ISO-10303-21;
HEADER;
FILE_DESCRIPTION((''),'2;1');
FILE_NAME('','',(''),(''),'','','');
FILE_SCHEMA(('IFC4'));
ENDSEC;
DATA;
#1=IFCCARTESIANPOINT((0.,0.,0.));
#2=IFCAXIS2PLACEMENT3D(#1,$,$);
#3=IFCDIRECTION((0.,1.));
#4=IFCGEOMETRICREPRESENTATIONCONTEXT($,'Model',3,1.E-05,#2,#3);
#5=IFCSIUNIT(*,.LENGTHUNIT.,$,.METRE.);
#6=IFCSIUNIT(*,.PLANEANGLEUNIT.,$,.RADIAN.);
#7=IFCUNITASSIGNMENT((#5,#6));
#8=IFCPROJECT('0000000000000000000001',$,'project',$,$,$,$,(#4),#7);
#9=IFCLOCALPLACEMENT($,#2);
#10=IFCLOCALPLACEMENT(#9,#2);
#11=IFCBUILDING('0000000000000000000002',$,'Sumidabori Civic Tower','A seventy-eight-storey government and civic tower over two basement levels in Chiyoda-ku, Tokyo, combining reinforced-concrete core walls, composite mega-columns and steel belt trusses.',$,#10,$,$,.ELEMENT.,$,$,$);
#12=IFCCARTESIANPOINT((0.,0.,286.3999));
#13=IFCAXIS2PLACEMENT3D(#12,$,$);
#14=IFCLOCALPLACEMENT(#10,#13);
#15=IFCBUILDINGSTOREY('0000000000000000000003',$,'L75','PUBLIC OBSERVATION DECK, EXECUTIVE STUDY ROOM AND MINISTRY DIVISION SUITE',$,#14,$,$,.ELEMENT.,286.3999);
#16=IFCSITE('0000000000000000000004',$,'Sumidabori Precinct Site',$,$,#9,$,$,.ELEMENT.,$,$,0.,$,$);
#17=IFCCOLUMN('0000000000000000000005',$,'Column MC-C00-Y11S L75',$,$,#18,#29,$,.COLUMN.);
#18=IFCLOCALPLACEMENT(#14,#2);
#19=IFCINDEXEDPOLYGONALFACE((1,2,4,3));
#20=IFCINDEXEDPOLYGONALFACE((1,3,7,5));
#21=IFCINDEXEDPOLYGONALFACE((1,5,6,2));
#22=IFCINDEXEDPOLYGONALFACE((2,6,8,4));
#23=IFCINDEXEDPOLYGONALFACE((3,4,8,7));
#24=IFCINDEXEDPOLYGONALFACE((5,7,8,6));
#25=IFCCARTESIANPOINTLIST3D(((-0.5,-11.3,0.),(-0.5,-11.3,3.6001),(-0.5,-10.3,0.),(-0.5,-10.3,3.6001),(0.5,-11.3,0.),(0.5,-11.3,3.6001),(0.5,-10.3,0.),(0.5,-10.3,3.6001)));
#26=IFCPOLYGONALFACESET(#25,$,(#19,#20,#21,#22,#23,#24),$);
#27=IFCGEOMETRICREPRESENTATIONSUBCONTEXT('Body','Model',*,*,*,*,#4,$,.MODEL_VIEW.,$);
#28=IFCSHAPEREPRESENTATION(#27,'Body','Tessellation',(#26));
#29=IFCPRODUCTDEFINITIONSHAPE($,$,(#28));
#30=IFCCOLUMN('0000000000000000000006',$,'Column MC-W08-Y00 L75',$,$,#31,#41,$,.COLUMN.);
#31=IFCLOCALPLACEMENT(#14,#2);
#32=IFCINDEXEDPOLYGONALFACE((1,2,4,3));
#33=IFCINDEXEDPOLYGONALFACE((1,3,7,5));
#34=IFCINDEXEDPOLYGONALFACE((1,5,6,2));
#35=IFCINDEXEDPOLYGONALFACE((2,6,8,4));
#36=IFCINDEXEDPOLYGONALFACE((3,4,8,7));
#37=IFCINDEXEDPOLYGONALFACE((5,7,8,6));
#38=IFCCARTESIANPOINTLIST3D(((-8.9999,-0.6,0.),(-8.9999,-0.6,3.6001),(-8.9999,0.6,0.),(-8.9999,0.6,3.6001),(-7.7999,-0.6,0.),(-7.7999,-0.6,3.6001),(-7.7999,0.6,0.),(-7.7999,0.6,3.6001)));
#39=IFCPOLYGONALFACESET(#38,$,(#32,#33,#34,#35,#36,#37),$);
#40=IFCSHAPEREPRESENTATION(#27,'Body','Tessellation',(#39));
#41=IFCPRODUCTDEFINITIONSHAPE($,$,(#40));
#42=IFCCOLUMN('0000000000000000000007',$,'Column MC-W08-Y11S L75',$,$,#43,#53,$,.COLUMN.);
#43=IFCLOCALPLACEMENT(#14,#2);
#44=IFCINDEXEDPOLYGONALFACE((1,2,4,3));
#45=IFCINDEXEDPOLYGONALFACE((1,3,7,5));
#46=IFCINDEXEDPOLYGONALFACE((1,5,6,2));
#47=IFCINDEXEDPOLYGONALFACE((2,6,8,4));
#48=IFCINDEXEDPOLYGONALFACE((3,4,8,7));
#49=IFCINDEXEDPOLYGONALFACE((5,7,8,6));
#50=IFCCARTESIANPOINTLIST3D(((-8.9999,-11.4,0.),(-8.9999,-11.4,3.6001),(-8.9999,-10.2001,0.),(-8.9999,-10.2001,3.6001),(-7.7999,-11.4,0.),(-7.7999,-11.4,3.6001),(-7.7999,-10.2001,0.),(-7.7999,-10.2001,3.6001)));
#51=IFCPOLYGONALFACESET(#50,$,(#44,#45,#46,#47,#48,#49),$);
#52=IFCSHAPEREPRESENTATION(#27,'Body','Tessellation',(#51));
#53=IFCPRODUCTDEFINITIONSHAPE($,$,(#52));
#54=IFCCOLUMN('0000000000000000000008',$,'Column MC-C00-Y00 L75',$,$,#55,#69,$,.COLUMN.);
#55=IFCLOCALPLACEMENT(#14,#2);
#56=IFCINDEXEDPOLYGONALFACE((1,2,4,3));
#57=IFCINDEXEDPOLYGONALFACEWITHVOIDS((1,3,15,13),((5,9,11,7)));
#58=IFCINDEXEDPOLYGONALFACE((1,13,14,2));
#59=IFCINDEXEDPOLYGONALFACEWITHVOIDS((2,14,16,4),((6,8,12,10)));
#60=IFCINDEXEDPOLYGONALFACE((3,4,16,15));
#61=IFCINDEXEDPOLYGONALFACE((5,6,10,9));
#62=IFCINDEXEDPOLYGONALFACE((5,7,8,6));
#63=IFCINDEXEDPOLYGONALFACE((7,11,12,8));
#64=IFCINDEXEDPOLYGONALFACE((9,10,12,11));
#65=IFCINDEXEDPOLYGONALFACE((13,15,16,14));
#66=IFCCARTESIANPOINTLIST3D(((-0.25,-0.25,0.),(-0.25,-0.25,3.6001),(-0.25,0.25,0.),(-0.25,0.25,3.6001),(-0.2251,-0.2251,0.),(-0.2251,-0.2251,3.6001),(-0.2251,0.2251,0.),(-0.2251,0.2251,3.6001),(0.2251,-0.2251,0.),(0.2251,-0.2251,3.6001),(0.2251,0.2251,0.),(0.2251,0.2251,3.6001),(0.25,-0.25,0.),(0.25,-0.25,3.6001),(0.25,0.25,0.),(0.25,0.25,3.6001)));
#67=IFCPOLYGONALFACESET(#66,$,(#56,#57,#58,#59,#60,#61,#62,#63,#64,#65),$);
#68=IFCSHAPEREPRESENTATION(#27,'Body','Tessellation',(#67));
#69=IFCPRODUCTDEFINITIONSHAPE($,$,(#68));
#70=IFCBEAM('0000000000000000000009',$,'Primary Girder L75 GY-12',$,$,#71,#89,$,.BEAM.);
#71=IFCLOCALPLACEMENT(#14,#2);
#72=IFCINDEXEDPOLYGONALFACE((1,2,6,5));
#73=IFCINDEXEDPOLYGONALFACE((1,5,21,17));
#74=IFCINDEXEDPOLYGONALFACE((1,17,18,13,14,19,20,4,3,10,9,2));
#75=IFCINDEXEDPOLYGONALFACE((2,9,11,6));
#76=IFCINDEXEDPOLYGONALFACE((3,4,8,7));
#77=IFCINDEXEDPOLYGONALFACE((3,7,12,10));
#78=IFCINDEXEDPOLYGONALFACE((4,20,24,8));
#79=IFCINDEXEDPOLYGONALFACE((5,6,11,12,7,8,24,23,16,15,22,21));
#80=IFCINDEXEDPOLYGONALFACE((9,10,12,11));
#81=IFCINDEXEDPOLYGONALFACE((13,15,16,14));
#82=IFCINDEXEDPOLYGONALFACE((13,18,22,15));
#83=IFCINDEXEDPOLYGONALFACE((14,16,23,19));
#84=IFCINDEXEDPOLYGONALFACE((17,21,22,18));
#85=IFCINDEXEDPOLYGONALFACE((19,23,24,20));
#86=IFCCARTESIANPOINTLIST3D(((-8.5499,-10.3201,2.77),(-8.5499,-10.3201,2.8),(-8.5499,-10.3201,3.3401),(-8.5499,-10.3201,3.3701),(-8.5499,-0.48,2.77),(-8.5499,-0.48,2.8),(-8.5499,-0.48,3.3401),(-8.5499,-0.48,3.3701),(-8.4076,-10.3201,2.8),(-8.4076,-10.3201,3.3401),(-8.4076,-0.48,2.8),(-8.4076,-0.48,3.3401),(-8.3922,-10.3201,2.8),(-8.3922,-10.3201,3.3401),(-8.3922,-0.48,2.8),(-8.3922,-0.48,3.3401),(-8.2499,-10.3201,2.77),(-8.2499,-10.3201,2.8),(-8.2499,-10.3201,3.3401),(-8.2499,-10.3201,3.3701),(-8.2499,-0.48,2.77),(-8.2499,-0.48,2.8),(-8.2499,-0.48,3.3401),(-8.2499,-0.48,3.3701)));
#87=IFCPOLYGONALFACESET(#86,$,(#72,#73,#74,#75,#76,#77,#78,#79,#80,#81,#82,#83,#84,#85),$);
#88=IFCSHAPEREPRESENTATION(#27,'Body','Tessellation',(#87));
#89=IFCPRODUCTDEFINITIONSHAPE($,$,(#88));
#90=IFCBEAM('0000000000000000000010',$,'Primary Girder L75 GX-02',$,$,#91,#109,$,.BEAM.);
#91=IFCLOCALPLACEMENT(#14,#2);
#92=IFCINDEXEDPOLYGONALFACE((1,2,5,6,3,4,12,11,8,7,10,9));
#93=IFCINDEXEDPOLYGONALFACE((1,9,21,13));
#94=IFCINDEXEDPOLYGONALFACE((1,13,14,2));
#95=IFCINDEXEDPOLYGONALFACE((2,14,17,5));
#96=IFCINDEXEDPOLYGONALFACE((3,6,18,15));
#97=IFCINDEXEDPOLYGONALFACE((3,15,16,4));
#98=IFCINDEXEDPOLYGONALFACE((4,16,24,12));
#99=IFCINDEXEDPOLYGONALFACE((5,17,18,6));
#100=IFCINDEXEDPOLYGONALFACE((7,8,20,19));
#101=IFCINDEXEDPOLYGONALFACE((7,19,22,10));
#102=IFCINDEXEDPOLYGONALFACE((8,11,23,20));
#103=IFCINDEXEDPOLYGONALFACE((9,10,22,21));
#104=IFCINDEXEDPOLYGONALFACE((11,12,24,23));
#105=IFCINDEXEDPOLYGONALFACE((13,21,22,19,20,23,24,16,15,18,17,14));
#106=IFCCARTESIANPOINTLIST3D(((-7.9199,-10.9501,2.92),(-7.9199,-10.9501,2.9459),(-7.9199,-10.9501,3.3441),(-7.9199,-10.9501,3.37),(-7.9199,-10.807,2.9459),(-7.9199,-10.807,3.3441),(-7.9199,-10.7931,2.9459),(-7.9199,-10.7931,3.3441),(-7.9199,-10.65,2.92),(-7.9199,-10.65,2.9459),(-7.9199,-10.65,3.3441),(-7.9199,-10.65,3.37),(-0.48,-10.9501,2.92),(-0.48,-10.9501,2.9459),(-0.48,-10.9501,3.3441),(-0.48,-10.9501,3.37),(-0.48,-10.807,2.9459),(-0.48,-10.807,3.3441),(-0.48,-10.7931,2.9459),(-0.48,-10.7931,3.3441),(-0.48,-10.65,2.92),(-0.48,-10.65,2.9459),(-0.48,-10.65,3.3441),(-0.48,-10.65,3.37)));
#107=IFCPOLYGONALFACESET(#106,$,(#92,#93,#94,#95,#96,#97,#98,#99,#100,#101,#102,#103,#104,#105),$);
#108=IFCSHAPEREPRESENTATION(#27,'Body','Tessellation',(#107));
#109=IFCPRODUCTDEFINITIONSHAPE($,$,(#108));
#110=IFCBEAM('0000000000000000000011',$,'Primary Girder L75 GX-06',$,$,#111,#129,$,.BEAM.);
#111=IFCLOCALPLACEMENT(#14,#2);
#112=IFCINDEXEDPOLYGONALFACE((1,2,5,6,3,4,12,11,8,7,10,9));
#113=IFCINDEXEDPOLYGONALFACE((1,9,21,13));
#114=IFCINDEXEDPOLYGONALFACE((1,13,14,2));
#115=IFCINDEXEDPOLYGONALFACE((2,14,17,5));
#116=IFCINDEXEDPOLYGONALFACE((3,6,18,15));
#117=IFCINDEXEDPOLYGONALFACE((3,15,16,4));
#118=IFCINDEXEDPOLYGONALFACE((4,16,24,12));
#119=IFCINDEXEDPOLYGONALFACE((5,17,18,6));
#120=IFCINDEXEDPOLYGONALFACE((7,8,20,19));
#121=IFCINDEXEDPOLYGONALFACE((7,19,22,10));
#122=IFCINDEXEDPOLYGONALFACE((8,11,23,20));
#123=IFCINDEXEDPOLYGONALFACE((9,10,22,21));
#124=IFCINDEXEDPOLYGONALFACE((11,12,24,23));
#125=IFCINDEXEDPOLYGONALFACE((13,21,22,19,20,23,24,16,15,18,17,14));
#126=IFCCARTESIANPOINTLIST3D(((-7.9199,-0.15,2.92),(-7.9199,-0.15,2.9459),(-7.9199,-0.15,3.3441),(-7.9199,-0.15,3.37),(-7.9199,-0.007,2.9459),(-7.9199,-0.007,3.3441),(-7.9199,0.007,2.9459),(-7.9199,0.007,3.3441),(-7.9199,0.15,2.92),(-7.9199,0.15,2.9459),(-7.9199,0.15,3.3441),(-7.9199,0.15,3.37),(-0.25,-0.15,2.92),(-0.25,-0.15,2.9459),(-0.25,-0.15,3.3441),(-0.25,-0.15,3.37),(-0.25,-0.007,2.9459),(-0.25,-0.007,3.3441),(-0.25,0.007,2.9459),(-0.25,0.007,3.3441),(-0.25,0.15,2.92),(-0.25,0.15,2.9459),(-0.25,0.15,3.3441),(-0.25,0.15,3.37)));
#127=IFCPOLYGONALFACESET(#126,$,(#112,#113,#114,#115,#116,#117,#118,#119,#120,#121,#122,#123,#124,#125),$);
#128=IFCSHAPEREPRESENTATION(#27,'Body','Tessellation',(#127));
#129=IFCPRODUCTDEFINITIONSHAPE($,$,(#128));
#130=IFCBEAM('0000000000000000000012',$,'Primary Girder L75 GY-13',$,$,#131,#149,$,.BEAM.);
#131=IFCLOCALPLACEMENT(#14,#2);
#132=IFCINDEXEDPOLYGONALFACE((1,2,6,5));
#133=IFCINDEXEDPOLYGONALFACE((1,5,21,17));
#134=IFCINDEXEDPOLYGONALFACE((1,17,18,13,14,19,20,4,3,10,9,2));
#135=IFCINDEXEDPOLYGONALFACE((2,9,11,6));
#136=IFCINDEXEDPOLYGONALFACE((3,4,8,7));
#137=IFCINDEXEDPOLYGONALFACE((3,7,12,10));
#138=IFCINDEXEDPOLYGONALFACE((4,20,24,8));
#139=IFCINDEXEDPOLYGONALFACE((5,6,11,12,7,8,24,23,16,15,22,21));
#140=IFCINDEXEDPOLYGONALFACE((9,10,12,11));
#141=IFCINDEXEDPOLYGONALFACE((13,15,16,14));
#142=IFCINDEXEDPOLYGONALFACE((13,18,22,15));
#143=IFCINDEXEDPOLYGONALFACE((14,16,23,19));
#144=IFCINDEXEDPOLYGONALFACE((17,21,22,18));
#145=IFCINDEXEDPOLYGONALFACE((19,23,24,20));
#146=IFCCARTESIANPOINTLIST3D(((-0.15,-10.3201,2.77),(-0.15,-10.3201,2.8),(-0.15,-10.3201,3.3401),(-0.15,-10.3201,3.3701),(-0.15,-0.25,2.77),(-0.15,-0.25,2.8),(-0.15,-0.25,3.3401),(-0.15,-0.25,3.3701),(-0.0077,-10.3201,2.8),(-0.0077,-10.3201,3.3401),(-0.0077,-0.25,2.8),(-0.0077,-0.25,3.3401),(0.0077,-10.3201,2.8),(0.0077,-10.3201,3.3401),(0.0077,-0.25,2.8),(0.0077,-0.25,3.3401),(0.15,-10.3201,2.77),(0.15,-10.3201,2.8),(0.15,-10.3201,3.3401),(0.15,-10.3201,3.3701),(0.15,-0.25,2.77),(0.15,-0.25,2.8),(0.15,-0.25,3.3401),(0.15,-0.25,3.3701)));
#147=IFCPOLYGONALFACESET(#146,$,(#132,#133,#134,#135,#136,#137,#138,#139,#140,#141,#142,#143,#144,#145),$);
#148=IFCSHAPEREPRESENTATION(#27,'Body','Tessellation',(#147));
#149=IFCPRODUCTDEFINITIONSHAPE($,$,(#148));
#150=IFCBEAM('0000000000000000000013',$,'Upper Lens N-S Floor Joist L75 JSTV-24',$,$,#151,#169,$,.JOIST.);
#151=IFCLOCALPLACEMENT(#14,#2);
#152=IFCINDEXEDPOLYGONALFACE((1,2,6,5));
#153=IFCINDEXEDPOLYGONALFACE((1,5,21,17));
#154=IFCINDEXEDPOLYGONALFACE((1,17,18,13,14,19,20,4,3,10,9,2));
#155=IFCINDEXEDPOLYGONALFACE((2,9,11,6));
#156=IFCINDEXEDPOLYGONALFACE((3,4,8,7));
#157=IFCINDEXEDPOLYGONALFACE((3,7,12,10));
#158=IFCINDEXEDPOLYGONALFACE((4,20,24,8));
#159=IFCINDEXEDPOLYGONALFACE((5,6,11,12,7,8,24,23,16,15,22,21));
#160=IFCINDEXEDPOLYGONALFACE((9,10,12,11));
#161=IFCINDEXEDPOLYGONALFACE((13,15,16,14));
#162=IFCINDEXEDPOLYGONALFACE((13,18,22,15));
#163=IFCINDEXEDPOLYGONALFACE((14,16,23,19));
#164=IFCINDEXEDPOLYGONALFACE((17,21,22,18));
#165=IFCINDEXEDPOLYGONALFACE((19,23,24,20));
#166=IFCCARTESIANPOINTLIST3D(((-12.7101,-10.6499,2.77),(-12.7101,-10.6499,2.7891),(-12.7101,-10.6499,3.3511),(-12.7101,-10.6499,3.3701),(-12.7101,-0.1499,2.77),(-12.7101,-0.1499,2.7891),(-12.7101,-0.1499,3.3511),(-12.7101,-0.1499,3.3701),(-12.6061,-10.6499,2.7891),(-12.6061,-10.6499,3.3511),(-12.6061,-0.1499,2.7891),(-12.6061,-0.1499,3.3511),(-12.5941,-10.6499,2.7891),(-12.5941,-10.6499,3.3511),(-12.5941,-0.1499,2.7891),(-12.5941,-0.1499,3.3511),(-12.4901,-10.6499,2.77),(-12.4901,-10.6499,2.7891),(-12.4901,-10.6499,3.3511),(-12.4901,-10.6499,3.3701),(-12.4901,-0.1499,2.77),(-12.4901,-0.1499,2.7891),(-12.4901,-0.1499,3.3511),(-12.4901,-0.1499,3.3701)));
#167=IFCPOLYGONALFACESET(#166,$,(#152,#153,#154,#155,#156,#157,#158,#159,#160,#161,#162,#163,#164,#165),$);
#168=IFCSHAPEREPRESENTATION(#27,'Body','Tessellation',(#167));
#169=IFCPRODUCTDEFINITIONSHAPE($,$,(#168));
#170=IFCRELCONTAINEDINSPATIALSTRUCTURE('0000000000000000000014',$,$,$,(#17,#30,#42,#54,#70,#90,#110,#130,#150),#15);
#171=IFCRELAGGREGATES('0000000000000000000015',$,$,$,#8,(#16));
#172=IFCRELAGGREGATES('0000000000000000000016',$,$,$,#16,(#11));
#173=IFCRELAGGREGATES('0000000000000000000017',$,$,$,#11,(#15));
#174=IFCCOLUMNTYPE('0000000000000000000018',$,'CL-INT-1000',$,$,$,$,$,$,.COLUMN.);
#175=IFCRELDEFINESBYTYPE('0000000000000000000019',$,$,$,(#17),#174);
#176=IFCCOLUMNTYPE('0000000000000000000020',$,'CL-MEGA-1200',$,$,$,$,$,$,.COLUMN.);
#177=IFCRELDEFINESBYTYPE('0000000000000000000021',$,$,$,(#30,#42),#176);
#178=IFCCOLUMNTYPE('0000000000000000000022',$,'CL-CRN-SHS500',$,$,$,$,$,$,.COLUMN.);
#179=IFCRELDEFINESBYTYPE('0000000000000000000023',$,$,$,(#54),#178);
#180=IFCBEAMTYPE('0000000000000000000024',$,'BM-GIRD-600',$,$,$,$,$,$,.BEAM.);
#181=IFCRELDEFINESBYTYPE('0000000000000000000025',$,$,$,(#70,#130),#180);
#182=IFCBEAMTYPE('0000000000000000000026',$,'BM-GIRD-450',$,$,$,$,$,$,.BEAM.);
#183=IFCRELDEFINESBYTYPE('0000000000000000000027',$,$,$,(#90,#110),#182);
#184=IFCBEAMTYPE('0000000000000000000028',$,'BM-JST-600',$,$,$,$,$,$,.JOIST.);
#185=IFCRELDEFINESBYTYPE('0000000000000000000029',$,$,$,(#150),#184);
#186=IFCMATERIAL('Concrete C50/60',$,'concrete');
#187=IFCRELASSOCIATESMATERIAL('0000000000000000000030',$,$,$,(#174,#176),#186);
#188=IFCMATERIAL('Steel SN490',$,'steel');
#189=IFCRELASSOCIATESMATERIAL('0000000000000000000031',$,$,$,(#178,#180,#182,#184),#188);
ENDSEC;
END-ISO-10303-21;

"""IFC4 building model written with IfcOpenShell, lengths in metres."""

from ifc_helpers import new_model, si_unit, direction, frame, origin, origin_with_axes, origin_2d, place, context, subcontext, project, spatial, rectangle, hollow_rectangle, i_section, extrude, source, transform, mapped, material, material_profile, profile_set, type_object, element, save


model = new_model("IFC4")

# Units and contexts
model_context = context("Model", 3, precision=1e-05, world=origin(), true_north=direction((0.0, 1.0)))
body_context = subcontext(model_context, "Body", "Model", "MODEL_VIEW")
ifc_project = project(units=[si_unit("LENGTHUNIT", "METRE"), si_unit("PLANEANGLEUNIT", "RADIAN")], contexts=[model_context])

# Site, building, storey
site_placement = place(None, origin())
site = spatial("IfcSite", under=ifc_project, at=site_placement, Name="Sumidabori Precinct Site", CompositionType="ELEMENT", RefElevation=0.0)
building_placement = place(site_placement, origin())
building = spatial("IfcBuilding", under=site, at=building_placement, Name="Sumidabori Civic Tower", Description="A seventy-eight-storey government and civic tower over two basement levels in Chiyoda-ku, Tokyo, combining reinforced-concrete core walls, composite mega-columns and steel belt trusses.", CompositionType="ELEMENT")
storey_placement = place(building_placement, frame((0.0, 0.0, 286.3999)))
storey = spatial("IfcBuildingStorey", under=building, at=storey_placement, Name="L75", Description="PUBLIC OBSERVATION DECK, EXECUTIVE STUDY ROOM AND MINISTRY DIVISION SUITE", CompositionType="ELEMENT", Elevation=286.3999)

# Columns
ifc_material_1 = material(Name="Concrete C50/60", Category="concrete")
ifc_material_profile_1 = material_profile(ifc_material_1, rectangle(XDim=1.0, YDim=1.0, at=origin_2d()), Name="RC 1000x1000")
ifc_profile_set_1 = profile_set([ifc_material_profile_1], Name="Concrete C50/60")
column_type_1 = type_object("IfcColumnType", Name="CL-INT-1000", PredefinedType="COLUMN", material=ifc_profile_set_1)
shared_shape_1 = source(origin(), body_context, "Body", "SweptSolid", [
    extrude(rectangle(XDim=1.0, YDim=1.0, at=origin_2d()), origin(), (0.0, 0.0, 1.0), 3.6001),
])
column_1_placement = place(storey_placement, frame((0.0, -10.8, 0.0), z_axis=(0.0, 0.0, 1.0), x_axis=(1.0, 0.0, 0.0)))
element("IfcColumn", 1, at=column_1_placement, inside=storey, type_object=column_type_1, Name="Column MC-C00-Y11S L75", PredefinedType="COLUMN", context=body_context, shape_type="MappedRepresentation", body=[
    mapped(shared_shape_1, transform((0.0, 0.0, 0.0), x_axis=(1.0, 0.0, 0.0), y_axis=(0.0, 1.0, 0.0), z_axis=(0.0, 0.0, 1.0), scale=1.0)),
])
ifc_material_profile_2 = material_profile(ifc_material_1, rectangle(XDim=1.2, YDim=1.2, at=origin_2d()), Name="RC 1200x1200")
ifc_profile_set_2 = profile_set([ifc_material_profile_2], Name="Concrete C50/60")
column_type_2 = type_object("IfcColumnType", Name="CL-MEGA-1200", PredefinedType="COLUMN", material=ifc_profile_set_2)
shared_shape_2 = source(origin(), body_context, "Body", "SweptSolid", [
    extrude(rectangle(XDim=1.2, YDim=1.2, at=origin_2d()), origin(), (0.0, 0.0, 1.0), 3.6001),
])
for number, where, z_axis, x_axis, name in (
    (2, (-8.3999, 0.0, 0.0), (0.0, 0.0, 1.0), (1.0, 0.0, 0.0), "Column MC-W08-Y00 L75"),
    (3, (-8.3999, -10.8, 0.0), (0.0, 0.0, 1.0), (1.0, 0.0, 0.0), "Column MC-W08-Y11S L75"),
):
    element("IfcColumn", number, at=place(storey_placement, frame(where, z_axis=z_axis, x_axis=x_axis)), inside=storey, type_object=column_type_2, Name=name, PredefinedType="COLUMN", context=body_context, shape_type="MappedRepresentation", body=[
        mapped(shared_shape_2, transform((0.0, 0.0, 0.0), x_axis=(1.0, 0.0, 0.0), y_axis=(0.0, 1.0, 0.0), z_axis=(0.0, 0.0, 1.0), scale=1.0)),
    ])
ifc_material_2 = material(Name="Steel SN490", Category="steel")
ifc_material_profile_3 = material_profile(ifc_material_2, hollow_rectangle(XDim=0.5, YDim=0.5, WallThickness=0.0249, at=origin_2d()), Name="SHS 500x500x25")
ifc_profile_set_3 = profile_set([ifc_material_profile_3], Name="Steel SN490")
column_type_3 = type_object("IfcColumnType", Name="CL-CRN-SHS500", PredefinedType="COLUMN", material=ifc_profile_set_3)
shared_shape_3 = source(origin(), body_context, "Body", "SweptSolid", [
    extrude(hollow_rectangle(XDim=0.5, YDim=0.5, WallThickness=0.0249, at=origin_2d()), origin(), (0.0, 0.0, 1.0), 3.6001),
])
column_2_placement = place(storey_placement, origin_with_axes())
element("IfcColumn", 4, at=column_2_placement, inside=storey, type_object=column_type_3, Name="Column MC-C00-Y00 L75", PredefinedType="COLUMN", context=body_context, shape_type="MappedRepresentation", body=[
    mapped(shared_shape_3, transform((0.0, 0.0, 0.0), x_axis=(1.0, 0.0, 0.0), y_axis=(0.0, 1.0, 0.0), z_axis=(0.0, 0.0, 1.0), scale=1.0)),
])

# Beams
ifc_material_profile_4 = material_profile(ifc_material_2, i_section(OverallWidth=0.3, OverallDepth=0.6001, WebThickness=0.0154, FlangeThickness=0.03, at=origin_2d()), Name="HE 600 B")
ifc_profile_set_4 = profile_set([ifc_material_profile_4], Name="Steel SN490")
beam_type_1 = type_object("IfcBeamType", Name="BM-GIRD-600", PredefinedType="BEAM", material=ifc_profile_set_4)
shared_shape_4 = source(origin(), body_context, "Body", "SweptSolid", [
    extrude(i_section(OverallWidth=0.3, OverallDepth=0.6001, WebThickness=0.0154, FlangeThickness=0.03, at=origin_2d()), origin(), (0.0, 0.0, 1.0), 9.8401),
])
beam_1_placement = place(storey_placement, frame((-8.3999, -10.3201, 3.0701), z_axis=(0.0, 1.0, 0.0), x_axis=(-1.0, 0.0, 0.0)))
element("IfcBeam", 5, at=beam_1_placement, inside=storey, type_object=beam_type_1, Name="Primary Girder L75 GY-12", PredefinedType="BEAM", context=body_context, shape_type="MappedRepresentation", body=[
    mapped(shared_shape_4, transform((0.0, 0.0, 0.0), x_axis=(1.0, 0.0, 0.0), y_axis=(0.0, 1.0, 0.0), z_axis=(0.0, 0.0, 1.0), scale=1.0)),
])
ifc_material_profile_5 = material_profile(ifc_material_2, i_section(OverallWidth=0.3, OverallDepth=0.45, WebThickness=0.0139, FlangeThickness=0.0259, at=origin_2d()), Name="HE 450 B")
ifc_profile_set_5 = profile_set([ifc_material_profile_5], Name="Steel SN490")
beam_type_2 = type_object("IfcBeamType", Name="BM-GIRD-450", PredefinedType="BEAM", material=ifc_profile_set_5)
shared_shape_5 = source(origin(), body_context, "Body", "SweptSolid", [
    extrude(i_section(OverallWidth=0.3, OverallDepth=0.45, WebThickness=0.0139, FlangeThickness=0.0259, at=origin_2d()), origin(), (0.0, 0.0, 1.0), 7.4399),
])
beam_2_placement = place(storey_placement, frame((-7.9199, -10.8, 3.145), z_axis=(1.0, 0.0, 0.0), x_axis=(0.0, 1.0, 0.0)))
element("IfcBeam", 6, at=beam_2_placement, inside=storey, type_object=beam_type_2, Name="Primary Girder L75 GX-02", PredefinedType="BEAM", context=body_context, shape_type="MappedRepresentation", body=[
    mapped(shared_shape_5, transform((0.0, 0.0, 0.0), x_axis=(1.0, 0.0, 0.0), y_axis=(0.0, 1.0, 0.0), z_axis=(0.0, 0.0, 1.0), scale=1.0)),
])
shared_shape_6 = source(origin(), body_context, "Body", "SweptSolid", [
    extrude(i_section(OverallWidth=0.3, OverallDepth=0.45, WebThickness=0.0139, FlangeThickness=0.0259, at=origin_2d()), origin(), (0.0, 0.0, 1.0), 7.6699),
])
beam_3_placement = place(storey_placement, frame((-7.9199, 0.0, 3.145), z_axis=(1.0, 0.0, 0.0), x_axis=(0.0, 1.0, 0.0)))
element("IfcBeam", 7, at=beam_3_placement, inside=storey, type_object=beam_type_2, Name="Primary Girder L75 GX-06", PredefinedType="BEAM", context=body_context, shape_type="MappedRepresentation", body=[
    mapped(shared_shape_6, transform((0.0, 0.0, 0.0), x_axis=(1.0, 0.0, 0.0), y_axis=(0.0, 1.0, 0.0), z_axis=(0.0, 0.0, 1.0), scale=1.0)),
])
shared_shape_7 = source(origin(), body_context, "Body", "SweptSolid", [
    extrude(i_section(OverallWidth=0.3, OverallDepth=0.6001, WebThickness=0.0154, FlangeThickness=0.03, at=origin_2d()), origin(), (0.0, 0.0, 1.0), 10.0701),
])
beam_4_placement = place(storey_placement, frame((0.0, -10.3201, 3.0701), z_axis=(0.0, 1.0, 0.0), x_axis=(-1.0, 0.0, 0.0)))
element("IfcBeam", 8, at=beam_4_placement, inside=storey, type_object=beam_type_1, Name="Primary Girder L75 GY-13", PredefinedType="BEAM", context=body_context, shape_type="MappedRepresentation", body=[
    mapped(shared_shape_7, transform((0.0, 0.0, 0.0), x_axis=(1.0, 0.0, 0.0), y_axis=(0.0, 1.0, 0.0), z_axis=(0.0, 0.0, 1.0), scale=1.0)),
])
ifc_material_profile_6 = material_profile(ifc_material_2, i_section(OverallWidth=0.22, OverallDepth=0.6001, WebThickness=0.012, FlangeThickness=0.019, at=origin_2d()), Name="IPE 600")
ifc_profile_set_6 = profile_set([ifc_material_profile_6], Name="Steel SN490")
beam_type_3 = type_object("IfcBeamType", Name="BM-JST-600", PredefinedType="JOIST", material=ifc_profile_set_6)
shared_shape_8 = source(origin(), body_context, "Body", "SweptSolid", [
    extrude(i_section(OverallWidth=0.22, OverallDepth=0.6001, WebThickness=0.012, FlangeThickness=0.019, at=origin_2d()), origin(), (0.0, 0.0, 1.0), 10.5),
])
for number, where, z_axis, x_axis, name in (
    (9, (-12.6001, -10.6499, 3.0701), (0.0, 1.0, 0.0), (-1.0, 0.0, 0.0), "Upper Lens N-S Floor Joist L75 JSTV-24"),
):
    element("IfcBeam", number, at=place(storey_placement, frame(where, z_axis=z_axis, x_axis=x_axis)), inside=storey, type_object=beam_type_3, Name=name, PredefinedType="JOIST", context=body_context, shape_type="MappedRepresentation", body=[
        mapped(shared_shape_8, transform((0.0, 0.0, 0.0), x_axis=(1.0, 0.0, 0.0), y_axis=(0.0, 1.0, 0.0), z_axis=(0.0, 0.0, 1.0), scale=1.0)),
    ])

save(model, "model.ifc")
